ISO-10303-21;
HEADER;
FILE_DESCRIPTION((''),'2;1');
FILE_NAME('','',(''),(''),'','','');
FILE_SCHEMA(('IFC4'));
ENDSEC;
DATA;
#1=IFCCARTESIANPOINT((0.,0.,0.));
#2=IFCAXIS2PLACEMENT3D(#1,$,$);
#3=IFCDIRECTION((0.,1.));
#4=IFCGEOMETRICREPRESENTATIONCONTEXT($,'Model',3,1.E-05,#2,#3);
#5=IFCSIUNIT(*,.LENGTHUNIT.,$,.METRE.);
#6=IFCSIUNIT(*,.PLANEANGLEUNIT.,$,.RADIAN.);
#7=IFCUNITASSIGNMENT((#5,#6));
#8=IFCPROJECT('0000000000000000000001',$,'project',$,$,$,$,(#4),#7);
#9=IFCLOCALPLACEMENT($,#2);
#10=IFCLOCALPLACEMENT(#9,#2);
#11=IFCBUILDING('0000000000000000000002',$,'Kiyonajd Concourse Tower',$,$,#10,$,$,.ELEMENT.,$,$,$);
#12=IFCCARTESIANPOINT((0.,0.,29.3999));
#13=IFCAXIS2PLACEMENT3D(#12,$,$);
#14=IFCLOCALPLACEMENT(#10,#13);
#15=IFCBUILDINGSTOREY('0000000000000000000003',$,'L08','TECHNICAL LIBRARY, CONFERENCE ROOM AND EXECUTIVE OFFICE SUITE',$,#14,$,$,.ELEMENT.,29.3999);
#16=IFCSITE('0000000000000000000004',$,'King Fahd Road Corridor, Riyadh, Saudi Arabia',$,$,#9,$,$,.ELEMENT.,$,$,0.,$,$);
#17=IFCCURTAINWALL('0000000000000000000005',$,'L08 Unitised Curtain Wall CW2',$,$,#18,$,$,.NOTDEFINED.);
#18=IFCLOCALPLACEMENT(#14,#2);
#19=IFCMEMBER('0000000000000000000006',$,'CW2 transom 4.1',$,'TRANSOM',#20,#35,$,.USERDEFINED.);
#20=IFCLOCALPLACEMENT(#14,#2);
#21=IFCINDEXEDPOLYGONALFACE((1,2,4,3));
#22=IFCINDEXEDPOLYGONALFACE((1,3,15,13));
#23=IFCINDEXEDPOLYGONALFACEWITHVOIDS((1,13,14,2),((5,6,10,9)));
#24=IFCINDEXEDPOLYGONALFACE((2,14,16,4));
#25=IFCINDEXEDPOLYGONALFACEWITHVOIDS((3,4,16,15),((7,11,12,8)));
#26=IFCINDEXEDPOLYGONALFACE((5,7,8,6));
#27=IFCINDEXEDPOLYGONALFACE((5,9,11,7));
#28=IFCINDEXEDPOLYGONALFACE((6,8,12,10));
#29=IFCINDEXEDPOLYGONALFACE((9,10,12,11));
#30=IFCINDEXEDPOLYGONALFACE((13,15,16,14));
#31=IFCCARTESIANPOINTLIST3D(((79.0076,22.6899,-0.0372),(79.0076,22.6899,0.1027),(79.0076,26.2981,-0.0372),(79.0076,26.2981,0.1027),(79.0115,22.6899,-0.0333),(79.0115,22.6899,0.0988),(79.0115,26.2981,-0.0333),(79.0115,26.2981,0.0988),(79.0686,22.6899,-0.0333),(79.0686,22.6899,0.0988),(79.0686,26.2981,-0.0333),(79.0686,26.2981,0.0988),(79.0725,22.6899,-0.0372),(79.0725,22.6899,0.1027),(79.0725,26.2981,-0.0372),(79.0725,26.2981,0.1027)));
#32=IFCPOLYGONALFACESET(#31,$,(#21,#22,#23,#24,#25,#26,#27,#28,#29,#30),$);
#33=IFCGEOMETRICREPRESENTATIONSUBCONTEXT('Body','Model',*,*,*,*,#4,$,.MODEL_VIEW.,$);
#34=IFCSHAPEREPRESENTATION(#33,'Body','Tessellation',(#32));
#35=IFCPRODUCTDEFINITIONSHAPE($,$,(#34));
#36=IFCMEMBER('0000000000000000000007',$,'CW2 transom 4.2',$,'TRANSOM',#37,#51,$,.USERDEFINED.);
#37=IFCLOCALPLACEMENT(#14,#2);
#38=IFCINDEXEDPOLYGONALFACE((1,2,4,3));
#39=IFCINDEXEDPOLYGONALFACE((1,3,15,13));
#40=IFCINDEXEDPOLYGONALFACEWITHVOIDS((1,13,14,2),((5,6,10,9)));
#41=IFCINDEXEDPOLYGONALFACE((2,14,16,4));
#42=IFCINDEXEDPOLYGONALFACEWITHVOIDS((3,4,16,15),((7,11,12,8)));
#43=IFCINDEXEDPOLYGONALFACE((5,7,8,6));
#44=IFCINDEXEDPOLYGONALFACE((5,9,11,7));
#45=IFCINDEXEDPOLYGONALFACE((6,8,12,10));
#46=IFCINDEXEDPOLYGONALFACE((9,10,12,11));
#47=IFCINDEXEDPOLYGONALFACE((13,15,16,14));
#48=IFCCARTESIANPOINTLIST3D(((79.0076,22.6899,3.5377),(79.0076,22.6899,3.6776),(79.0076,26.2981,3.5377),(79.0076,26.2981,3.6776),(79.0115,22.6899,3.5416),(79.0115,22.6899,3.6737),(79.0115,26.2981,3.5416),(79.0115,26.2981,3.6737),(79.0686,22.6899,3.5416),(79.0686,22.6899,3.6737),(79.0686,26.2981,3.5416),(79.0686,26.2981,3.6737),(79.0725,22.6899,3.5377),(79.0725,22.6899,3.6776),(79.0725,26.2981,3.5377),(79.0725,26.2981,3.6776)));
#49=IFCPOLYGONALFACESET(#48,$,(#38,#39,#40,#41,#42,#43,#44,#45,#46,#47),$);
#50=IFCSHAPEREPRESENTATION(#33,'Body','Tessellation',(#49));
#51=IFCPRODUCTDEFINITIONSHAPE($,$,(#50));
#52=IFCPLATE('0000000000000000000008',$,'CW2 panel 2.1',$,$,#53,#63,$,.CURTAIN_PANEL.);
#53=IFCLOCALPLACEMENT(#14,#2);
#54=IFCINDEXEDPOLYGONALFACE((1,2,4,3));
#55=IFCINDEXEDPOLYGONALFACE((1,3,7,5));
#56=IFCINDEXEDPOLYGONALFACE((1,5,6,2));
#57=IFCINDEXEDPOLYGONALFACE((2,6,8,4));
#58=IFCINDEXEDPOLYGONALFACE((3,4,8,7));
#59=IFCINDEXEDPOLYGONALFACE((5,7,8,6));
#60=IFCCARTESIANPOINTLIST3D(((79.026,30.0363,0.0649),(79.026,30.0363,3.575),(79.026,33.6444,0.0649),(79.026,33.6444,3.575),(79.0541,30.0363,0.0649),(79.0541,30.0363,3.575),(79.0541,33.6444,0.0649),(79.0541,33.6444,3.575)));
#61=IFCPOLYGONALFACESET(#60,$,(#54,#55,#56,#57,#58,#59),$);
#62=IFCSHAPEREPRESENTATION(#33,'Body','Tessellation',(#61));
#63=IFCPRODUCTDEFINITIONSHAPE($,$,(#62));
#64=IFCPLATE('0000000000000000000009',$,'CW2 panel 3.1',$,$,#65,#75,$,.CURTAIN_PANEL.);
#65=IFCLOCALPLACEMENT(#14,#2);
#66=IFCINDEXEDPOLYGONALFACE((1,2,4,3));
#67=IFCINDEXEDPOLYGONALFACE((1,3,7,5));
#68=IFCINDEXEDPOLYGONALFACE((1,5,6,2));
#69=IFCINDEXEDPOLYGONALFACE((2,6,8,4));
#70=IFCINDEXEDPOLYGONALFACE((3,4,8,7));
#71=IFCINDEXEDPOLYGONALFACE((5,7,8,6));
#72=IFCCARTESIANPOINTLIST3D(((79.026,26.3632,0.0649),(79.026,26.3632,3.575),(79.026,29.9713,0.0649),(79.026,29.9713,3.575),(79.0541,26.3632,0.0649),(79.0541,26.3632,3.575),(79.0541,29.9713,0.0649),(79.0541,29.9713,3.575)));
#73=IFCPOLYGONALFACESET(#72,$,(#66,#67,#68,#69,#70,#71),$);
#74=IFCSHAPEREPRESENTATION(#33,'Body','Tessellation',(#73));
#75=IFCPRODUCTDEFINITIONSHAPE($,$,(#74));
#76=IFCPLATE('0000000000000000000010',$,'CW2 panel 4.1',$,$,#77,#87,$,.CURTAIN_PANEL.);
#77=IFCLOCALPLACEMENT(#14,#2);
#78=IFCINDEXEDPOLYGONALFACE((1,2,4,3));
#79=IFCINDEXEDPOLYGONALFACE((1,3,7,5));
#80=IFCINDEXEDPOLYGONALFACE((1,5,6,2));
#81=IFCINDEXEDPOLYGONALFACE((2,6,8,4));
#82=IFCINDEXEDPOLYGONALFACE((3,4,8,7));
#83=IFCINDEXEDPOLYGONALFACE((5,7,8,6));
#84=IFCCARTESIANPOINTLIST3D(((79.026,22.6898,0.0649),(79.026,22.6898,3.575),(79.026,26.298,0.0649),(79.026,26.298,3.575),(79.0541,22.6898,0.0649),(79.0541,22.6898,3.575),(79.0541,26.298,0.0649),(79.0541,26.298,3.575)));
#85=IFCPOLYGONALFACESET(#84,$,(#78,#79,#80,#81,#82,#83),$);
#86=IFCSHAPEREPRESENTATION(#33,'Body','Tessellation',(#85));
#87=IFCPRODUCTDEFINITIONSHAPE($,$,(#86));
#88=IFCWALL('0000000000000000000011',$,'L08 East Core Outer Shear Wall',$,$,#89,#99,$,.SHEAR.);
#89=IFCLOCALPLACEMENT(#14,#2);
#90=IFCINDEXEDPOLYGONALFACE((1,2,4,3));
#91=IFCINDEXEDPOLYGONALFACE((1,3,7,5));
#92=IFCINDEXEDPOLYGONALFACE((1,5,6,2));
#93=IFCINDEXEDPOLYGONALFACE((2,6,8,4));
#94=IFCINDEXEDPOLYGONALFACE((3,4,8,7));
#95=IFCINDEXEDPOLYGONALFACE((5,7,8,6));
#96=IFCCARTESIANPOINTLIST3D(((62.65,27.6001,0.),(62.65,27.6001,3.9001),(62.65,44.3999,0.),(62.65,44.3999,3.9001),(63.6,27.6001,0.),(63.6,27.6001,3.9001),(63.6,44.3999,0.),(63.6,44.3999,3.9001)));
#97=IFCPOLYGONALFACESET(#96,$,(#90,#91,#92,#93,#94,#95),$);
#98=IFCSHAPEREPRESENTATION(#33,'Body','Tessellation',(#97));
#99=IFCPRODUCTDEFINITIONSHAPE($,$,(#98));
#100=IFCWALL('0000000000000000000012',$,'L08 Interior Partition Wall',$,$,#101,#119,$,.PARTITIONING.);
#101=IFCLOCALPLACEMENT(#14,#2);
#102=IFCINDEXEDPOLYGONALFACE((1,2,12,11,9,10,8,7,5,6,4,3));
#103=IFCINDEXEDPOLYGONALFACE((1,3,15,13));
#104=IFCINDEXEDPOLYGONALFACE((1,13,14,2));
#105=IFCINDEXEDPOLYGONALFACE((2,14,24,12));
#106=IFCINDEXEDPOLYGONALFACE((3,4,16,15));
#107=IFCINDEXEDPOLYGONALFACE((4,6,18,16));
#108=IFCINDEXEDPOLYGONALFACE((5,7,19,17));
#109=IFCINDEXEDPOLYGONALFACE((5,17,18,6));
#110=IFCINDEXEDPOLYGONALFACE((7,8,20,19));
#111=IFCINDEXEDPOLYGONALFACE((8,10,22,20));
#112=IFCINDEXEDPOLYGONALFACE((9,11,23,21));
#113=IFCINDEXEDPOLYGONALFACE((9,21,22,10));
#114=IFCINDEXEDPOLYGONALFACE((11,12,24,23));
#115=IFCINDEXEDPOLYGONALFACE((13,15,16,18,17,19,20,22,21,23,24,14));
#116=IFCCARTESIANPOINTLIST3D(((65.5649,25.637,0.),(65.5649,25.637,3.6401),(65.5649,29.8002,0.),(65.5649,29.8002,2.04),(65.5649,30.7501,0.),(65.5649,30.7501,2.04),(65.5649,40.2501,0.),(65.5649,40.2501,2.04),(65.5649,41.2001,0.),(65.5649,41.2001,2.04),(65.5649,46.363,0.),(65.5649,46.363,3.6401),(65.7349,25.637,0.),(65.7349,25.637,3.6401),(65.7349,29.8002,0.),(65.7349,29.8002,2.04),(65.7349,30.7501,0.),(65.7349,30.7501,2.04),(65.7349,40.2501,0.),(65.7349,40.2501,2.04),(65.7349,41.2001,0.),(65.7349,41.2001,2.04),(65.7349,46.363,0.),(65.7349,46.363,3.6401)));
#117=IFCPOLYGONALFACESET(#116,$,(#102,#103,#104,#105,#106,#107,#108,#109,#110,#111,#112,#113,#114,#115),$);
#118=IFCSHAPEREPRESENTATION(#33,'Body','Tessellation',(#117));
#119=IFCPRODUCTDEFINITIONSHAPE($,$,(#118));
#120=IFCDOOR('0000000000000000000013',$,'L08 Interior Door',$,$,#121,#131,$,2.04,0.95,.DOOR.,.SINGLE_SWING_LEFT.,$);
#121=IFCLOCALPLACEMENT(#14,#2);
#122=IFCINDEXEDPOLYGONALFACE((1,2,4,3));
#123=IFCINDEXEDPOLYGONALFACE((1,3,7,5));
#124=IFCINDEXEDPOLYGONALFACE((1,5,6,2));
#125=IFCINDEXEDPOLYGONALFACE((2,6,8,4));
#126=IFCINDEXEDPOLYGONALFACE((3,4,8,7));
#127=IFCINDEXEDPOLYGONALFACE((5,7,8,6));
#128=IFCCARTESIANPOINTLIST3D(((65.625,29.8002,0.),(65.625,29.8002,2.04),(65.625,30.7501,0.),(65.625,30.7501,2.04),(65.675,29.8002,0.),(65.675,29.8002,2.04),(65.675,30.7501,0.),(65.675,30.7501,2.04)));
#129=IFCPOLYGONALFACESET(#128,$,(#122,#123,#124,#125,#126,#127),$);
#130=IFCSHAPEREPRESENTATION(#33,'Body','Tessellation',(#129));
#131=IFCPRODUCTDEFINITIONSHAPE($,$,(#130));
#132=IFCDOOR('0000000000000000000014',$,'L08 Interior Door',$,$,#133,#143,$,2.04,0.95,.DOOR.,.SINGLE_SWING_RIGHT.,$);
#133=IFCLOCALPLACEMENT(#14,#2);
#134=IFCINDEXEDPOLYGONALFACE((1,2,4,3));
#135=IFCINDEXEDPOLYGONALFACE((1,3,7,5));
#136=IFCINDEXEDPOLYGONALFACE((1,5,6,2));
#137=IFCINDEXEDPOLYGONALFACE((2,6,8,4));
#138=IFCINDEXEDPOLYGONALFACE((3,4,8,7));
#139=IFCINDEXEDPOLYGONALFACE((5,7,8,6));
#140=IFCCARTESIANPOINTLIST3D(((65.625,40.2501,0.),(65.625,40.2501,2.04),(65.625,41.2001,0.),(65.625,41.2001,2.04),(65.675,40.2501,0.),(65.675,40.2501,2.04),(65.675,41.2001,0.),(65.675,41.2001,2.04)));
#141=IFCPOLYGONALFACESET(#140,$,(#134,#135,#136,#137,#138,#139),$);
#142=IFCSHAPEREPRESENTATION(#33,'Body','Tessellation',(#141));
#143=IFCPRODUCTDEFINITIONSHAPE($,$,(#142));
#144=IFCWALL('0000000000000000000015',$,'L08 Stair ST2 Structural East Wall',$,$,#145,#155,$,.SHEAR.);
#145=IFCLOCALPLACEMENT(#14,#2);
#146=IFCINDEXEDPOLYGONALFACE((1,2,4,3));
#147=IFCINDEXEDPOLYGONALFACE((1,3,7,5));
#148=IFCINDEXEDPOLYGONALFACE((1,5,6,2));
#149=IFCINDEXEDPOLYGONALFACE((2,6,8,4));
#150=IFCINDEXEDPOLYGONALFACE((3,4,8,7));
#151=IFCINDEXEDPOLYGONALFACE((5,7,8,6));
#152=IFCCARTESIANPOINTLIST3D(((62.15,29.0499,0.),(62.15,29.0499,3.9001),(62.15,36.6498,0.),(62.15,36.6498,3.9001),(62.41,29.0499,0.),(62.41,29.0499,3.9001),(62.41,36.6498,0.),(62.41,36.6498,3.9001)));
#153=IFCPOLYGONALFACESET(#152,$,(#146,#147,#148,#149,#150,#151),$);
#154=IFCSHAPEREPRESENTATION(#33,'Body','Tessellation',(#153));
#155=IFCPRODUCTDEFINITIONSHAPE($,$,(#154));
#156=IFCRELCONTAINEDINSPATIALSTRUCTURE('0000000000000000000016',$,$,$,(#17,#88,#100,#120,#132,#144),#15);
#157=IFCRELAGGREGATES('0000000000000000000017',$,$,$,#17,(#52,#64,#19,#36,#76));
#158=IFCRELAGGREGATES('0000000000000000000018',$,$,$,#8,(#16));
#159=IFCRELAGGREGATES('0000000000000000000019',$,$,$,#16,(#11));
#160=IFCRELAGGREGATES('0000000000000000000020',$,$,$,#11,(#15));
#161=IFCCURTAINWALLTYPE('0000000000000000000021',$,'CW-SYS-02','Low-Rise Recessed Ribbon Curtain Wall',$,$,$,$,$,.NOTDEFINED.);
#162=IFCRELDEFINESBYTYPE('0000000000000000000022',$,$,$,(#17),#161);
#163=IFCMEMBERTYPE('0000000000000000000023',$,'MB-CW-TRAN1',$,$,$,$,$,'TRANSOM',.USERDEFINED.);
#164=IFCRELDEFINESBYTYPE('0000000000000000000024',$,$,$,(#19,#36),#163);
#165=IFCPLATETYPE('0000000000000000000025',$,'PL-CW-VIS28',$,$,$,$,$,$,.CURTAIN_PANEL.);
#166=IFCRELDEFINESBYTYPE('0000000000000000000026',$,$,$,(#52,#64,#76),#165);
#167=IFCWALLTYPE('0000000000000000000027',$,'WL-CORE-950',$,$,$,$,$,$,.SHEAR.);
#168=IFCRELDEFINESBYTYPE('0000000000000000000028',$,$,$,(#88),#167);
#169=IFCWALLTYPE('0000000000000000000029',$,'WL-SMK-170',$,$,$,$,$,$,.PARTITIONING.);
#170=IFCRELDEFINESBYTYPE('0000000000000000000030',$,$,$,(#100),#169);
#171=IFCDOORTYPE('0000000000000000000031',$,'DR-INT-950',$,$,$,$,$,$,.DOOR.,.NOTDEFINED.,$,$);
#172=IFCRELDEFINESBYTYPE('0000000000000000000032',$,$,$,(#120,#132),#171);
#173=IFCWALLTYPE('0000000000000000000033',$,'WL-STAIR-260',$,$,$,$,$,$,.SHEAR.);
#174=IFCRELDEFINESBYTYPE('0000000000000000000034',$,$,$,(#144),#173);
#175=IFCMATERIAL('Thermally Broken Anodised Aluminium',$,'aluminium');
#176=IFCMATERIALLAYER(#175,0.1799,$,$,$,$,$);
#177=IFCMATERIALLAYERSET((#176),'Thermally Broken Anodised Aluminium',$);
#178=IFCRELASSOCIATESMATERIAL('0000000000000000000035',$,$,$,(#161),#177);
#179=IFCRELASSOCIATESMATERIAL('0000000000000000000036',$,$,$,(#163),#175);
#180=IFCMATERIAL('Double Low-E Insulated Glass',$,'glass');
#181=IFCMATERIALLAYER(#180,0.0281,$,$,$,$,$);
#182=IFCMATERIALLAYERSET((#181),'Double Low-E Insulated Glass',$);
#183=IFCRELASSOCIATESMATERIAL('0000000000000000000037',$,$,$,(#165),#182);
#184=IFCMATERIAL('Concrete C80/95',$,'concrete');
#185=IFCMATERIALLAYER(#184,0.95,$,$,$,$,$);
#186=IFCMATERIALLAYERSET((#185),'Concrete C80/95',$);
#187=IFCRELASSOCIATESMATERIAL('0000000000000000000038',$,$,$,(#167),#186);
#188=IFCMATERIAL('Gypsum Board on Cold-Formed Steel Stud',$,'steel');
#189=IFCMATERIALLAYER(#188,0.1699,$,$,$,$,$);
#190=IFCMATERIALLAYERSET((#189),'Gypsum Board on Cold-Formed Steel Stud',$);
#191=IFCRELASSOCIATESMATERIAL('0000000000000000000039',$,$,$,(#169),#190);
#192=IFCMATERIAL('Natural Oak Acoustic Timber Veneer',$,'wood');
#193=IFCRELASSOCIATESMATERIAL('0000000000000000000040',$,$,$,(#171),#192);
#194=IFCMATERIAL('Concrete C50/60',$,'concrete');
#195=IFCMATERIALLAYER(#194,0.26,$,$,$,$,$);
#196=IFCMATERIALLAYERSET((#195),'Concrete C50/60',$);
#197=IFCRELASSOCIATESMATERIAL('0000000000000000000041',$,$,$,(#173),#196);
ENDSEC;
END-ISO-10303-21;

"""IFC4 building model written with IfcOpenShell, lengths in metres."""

from ifc_helpers import new_model, si_unit, direction, frame, frame_2d, origin, origin_2d, place, context, subcontext, project, spatial, rectangle, hollow_rectangle, extrude, material, layer, layer_set, material_profile, profile_set, type_object, element, fill, aggregate, save


model = new_model("IFC4")

# Units and contexts
model_context = context("Model", 3, precision=1e-05, world=origin(), true_north=direction((0.0, 1.0)))
body_context = subcontext(model_context, "Body", "Model", "MODEL_VIEW")
ifc_project = project(units=[si_unit("LENGTHUNIT", "METRE"), si_unit("PLANEANGLEUNIT", "RADIAN")], contexts=[model_context])

# Site, building, storey
site_placement = place(None, origin())
site = spatial("IfcSite", under=ifc_project, at=site_placement, Name="King Fahd Road Corridor, Riyadh, Saudi Arabia", CompositionType="ELEMENT", RefElevation=0.0)
building_placement = place(site_placement, origin())
building = spatial("IfcBuilding", under=site, at=building_placement, Name="Kiyonajd Concourse Tower", CompositionType="ELEMENT")
storey_placement = place(building_placement, frame((0.0, 0.0, 29.3999)))
storey = spatial("IfcBuildingStorey", under=building, at=storey_placement, Name="L08", Description="TECHNICAL LIBRARY, CONFERENCE ROOM AND EXECUTIVE OFFICE SUITE", CompositionType="ELEMENT", Elevation=29.3999)

# Shared definitions
ifc_material_1 = material(Name="Concrete C80/95", Category="concrete")

# Curtain wall, members, plates
ifc_material_2 = material(Name="Thermally Broken Anodised Aluminium", Category="aluminium")
ifc_layer_1 = layer(ifc_material_2, 0.1799)
ifc_layer_set_1 = layer_set([ifc_layer_1], Name="Thermally Broken Anodised Aluminium")
curtain_wall_type = type_object("IfcCurtainWallType", Name="CW-SYS-02", Description="Low-Rise Recessed Ribbon Curtain Wall", PredefinedType="NOTDEFINED", material=ifc_layer_set_1)
curtain_wall_placement = place(storey_placement, origin())
curtain_wall = element("IfcCurtainWall", 1, at=curtain_wall_placement, inside=storey, type_object=curtain_wall_type, Name="L08 Unitised Curtain Wall CW2", PredefinedType="NOTDEFINED")
ifc_material_profile_1 = material_profile(ifc_material_2, hollow_rectangle(XDim=0.0649, YDim=0.1399, WallThickness=0.0039, at=origin_2d()), Name="TRAN-65x140")
ifc_profile_set_1 = profile_set([ifc_material_profile_1], Name="Thermally Broken Anodised Aluminium")
member_type_1 = type_object("IfcMemberType", Name="MB-CW-TRAN1", ElementType="TRANSOM", PredefinedType="USERDEFINED", material=ifc_profile_set_1)
member_1_placement = place(storey_placement, frame((79.04, 26.2981, 0.0327), z_axis=(0.0, -1.0, 0.0), x_axis=(1.0, 0.0, 0.0)))
member_1 = element("IfcMember", 2, at=member_1_placement, type_object=member_type_1, Name="CW2 transom 4.1", ObjectType="TRANSOM", PredefinedType="USERDEFINED", context=body_context, shape_type="SweptSolid", body=[
    extrude(hollow_rectangle(XDim=0.0649, YDim=0.1399, WallThickness=0.0039, at=origin_2d()), origin(), (0.0, 0.0, 1.0), 3.6082),
])
member_2_placement = place(storey_placement, frame((79.04, 26.2981, 3.6077), z_axis=(0.0, -1.0, 0.0), x_axis=(1.0, 0.0, 0.0)))
member_2 = element("IfcMember", 3, at=member_2_placement, type_object=member_type_1, Name="CW2 transom 4.2", ObjectType="TRANSOM", PredefinedType="USERDEFINED", context=body_context, shape_type="SweptSolid", body=[
    extrude(hollow_rectangle(XDim=0.0649, YDim=0.1399, WallThickness=0.0039, at=origin_2d()), origin(), (0.0, 0.0, 1.0), 3.6082),
])
ifc_material_3 = material(Name="Double Low-E Insulated Glass", Category="glass")
ifc_layer_2 = layer(ifc_material_3, 0.0281)
ifc_layer_set_2 = layer_set([ifc_layer_2], Name="Double Low-E Insulated Glass")
plate_type = type_object("IfcPlateType", Name="PL-CW-VIS28", PredefinedType="CURTAIN_PANEL", material=ifc_layer_set_2)
plate_1_placement = place(storey_placement, frame((79.04, 31.8403, 0.0649), z_axis=(0.0, 0.0, 1.0), x_axis=(0.0, -1.0, 0.0)))
plate_1 = element("IfcPlate", 4, at=plate_1_placement, type_object=plate_type, Name="CW2 panel 2.1", PredefinedType="CURTAIN_PANEL", context=body_context, shape_type="SweptSolid", body=[
    extrude(rectangle(XDim=3.6082, YDim=0.0281, at=origin_2d()), origin(), (0.0, 0.0, 1.0), 3.51),
])
plate_2_placement = place(storey_placement, frame((79.04, 28.1672, 0.0649), z_axis=(0.0, 0.0, 1.0), x_axis=(0.0, -1.0, 0.0)))
plate_2 = element("IfcPlate", 5, at=plate_2_placement, type_object=plate_type, Name="CW2 panel 3.1", PredefinedType="CURTAIN_PANEL", context=body_context, shape_type="SweptSolid", body=[
    extrude(rectangle(XDim=3.6082, YDim=0.0281, at=origin_2d()), origin(), (0.0, 0.0, 1.0), 3.51),
])
plate_3_placement = place(storey_placement, frame((79.04, 24.4939, 0.0649), z_axis=(0.0, 0.0, 1.0), x_axis=(0.0, -1.0, 0.0)))
plate_3 = element("IfcPlate", 6, at=plate_3_placement, type_object=plate_type, Name="CW2 panel 4.1", PredefinedType="CURTAIN_PANEL", context=body_context, shape_type="SweptSolid", body=[
    extrude(rectangle(XDim=3.6082, YDim=0.0281, at=origin_2d()), origin(), (0.0, 0.0, 1.0), 3.51),
])
aggregate(curtain_wall, [plate_1, plate_2, member_1, member_2, plate_3])

# Wall
ifc_layer_3 = layer(ifc_material_1, 0.95)
ifc_layer_set_3 = layer_set([ifc_layer_3], Name="Concrete C80/95")
wall_type_1 = type_object("IfcWallType", Name="WL-CORE-950", PredefinedType="SHEAR", material=ifc_layer_set_3)
wall_1_placement = place(storey_placement, frame((63.125, 27.6001, 0.0), z_axis=(0.0, 0.0, 1.0), x_axis=(0.0, 1.0, 0.0)))
element("IfcWall", 7, at=wall_1_placement, inside=storey, type_object=wall_type_1, Name="L08 East Core Outer Shear Wall", PredefinedType="SHEAR", context=body_context, shape_type="SweptSolid", body=[
    extrude(rectangle(XDim=16.7998, YDim=0.95, at=frame_2d((8.3999, 0.0))), origin(), (0.0, 0.0, 1.0), 3.9001),
])

# Wall, openings, doors
ifc_material_4 = material(Name="Gypsum Board on Cold-Formed Steel Stud", Category="steel")
ifc_layer_4 = layer(ifc_material_4, 0.1699)
ifc_layer_set_4 = layer_set([ifc_layer_4], Name="Gypsum Board on Cold-Formed Steel Stud")
wall_type_2 = type_object("IfcWallType", Name="WL-SMK-170", PredefinedType="PARTITIONING", material=ifc_layer_set_4)
wall_2_placement = place(storey_placement, frame((65.6499, 25.637, 0.0), z_axis=(0.0, 0.0, 1.0), x_axis=(0.0, 1.0, 0.0)))
wall_2 = element("IfcWall", 8, at=wall_2_placement, inside=storey, type_object=wall_type_2, Name="L08 Interior Partition Wall", PredefinedType="PARTITIONING", context=body_context, shape_type="SweptSolid", body=[
    extrude(rectangle(XDim=20.7261, YDim=0.1699, at=frame_2d((10.363, 0.0))), origin(), (0.0, 0.0, 1.0), 3.6401),
])
opening_1_placement = place(wall_2_placement, frame((4.1631, 0.0, 0.0)))
opening_1 = element("IfcOpeningElement", 9, at=opening_1_placement, cuts=wall_2, PredefinedType="OPENING", context=body_context, shape_type="SweptSolid", body=[
    extrude(rectangle(XDim=0.95, YDim=2.04, at=frame_2d((0.4751, 1.02))), frame((0.0, 0.095, 0.0), z_axis=(0.0, -1.0, 0.0), x_axis=(1.0, 0.0, 0.0)), (0.0, 0.0, 1.0), 0.1899),
])
opening_2_placement = place(wall_2_placement, frame((14.613, 0.0, 0.0)))
opening_2 = element("IfcOpeningElement", 10, at=opening_2_placement, cuts=wall_2, PredefinedType="OPENING", context=body_context, shape_type="SweptSolid", body=[
    extrude(rectangle(XDim=0.95, YDim=2.04, at=frame_2d((0.4751, 1.02))), frame((0.0, 0.095, 0.0), z_axis=(0.0, -1.0, 0.0), x_axis=(1.0, 0.0, 0.0)), (0.0, 0.0, 1.0), 0.1899),
])
ifc_material_5 = material(Name="Natural Oak Acoustic Timber Veneer", Category="wood")
door_type = type_object("IfcDoorType", Name="DR-INT-950", OperationType="NOTDEFINED", PredefinedType="DOOR", material=ifc_material_5)
door_1_placement = place(opening_1_placement, origin())
door_1 = element("IfcDoor", 11, at=door_1_placement, inside=storey, type_object=door_type, Name="L08 Interior Door", OperationType="SINGLE_SWING_LEFT", OverallHeight=2.04, OverallWidth=0.95, PredefinedType="DOOR", context=body_context, shape_type="SweptSolid", body=[
    extrude(rectangle(XDim=0.95, YDim=2.04, at=frame_2d((0.4751, 1.02))), frame((0.0, 0.0249, 0.0), z_axis=(0.0, -1.0, 0.0), x_axis=(1.0, 0.0, 0.0)), (0.0, 0.0, 1.0), 0.05),
])
fill(opening_1, door_1)
door_2_placement = place(opening_2_placement, origin())
door_2 = element("IfcDoor", 12, at=door_2_placement, inside=storey, type_object=door_type, Name="L08 Interior Door", OperationType="SINGLE_SWING_RIGHT", OverallHeight=2.04, OverallWidth=0.95, PredefinedType="DOOR", context=body_context, shape_type="SweptSolid", body=[
    extrude(rectangle(XDim=0.95, YDim=2.04, at=frame_2d((0.4751, 1.02))), frame((0.0, 0.0249, 0.0), z_axis=(0.0, -1.0, 0.0), x_axis=(1.0, 0.0, 0.0)), (0.0, 0.0, 1.0), 0.05),
])
fill(opening_2, door_2)

# Wall
ifc_material_6 = material(Name="Concrete C50/60", Category="concrete")
ifc_layer_5 = layer(ifc_material_6, 0.26)
ifc_layer_set_5 = layer_set([ifc_layer_5], Name="Concrete C50/60")
wall_type_3 = type_object("IfcWallType", Name="WL-STAIR-260", PredefinedType="SHEAR", material=ifc_layer_set_5)
wall_3_placement = place(storey_placement, frame((62.28, 29.05, 0.0), z_axis=(0.0, 0.0, 1.0), x_axis=(0.0, 1.0, 0.0)))
element("IfcWall", 13, at=wall_3_placement, inside=storey, type_object=wall_type_3, Name="L08 Stair ST2 Structural East Wall", PredefinedType="SHEAR", context=body_context, shape_type="SweptSolid", body=[
    extrude(rectangle(XDim=7.5999, YDim=0.26, at=frame_2d((3.7998, 0.0))), origin(), (0.0, 0.0, 1.0), 3.9001),
])

save(model, "model.ifc")
